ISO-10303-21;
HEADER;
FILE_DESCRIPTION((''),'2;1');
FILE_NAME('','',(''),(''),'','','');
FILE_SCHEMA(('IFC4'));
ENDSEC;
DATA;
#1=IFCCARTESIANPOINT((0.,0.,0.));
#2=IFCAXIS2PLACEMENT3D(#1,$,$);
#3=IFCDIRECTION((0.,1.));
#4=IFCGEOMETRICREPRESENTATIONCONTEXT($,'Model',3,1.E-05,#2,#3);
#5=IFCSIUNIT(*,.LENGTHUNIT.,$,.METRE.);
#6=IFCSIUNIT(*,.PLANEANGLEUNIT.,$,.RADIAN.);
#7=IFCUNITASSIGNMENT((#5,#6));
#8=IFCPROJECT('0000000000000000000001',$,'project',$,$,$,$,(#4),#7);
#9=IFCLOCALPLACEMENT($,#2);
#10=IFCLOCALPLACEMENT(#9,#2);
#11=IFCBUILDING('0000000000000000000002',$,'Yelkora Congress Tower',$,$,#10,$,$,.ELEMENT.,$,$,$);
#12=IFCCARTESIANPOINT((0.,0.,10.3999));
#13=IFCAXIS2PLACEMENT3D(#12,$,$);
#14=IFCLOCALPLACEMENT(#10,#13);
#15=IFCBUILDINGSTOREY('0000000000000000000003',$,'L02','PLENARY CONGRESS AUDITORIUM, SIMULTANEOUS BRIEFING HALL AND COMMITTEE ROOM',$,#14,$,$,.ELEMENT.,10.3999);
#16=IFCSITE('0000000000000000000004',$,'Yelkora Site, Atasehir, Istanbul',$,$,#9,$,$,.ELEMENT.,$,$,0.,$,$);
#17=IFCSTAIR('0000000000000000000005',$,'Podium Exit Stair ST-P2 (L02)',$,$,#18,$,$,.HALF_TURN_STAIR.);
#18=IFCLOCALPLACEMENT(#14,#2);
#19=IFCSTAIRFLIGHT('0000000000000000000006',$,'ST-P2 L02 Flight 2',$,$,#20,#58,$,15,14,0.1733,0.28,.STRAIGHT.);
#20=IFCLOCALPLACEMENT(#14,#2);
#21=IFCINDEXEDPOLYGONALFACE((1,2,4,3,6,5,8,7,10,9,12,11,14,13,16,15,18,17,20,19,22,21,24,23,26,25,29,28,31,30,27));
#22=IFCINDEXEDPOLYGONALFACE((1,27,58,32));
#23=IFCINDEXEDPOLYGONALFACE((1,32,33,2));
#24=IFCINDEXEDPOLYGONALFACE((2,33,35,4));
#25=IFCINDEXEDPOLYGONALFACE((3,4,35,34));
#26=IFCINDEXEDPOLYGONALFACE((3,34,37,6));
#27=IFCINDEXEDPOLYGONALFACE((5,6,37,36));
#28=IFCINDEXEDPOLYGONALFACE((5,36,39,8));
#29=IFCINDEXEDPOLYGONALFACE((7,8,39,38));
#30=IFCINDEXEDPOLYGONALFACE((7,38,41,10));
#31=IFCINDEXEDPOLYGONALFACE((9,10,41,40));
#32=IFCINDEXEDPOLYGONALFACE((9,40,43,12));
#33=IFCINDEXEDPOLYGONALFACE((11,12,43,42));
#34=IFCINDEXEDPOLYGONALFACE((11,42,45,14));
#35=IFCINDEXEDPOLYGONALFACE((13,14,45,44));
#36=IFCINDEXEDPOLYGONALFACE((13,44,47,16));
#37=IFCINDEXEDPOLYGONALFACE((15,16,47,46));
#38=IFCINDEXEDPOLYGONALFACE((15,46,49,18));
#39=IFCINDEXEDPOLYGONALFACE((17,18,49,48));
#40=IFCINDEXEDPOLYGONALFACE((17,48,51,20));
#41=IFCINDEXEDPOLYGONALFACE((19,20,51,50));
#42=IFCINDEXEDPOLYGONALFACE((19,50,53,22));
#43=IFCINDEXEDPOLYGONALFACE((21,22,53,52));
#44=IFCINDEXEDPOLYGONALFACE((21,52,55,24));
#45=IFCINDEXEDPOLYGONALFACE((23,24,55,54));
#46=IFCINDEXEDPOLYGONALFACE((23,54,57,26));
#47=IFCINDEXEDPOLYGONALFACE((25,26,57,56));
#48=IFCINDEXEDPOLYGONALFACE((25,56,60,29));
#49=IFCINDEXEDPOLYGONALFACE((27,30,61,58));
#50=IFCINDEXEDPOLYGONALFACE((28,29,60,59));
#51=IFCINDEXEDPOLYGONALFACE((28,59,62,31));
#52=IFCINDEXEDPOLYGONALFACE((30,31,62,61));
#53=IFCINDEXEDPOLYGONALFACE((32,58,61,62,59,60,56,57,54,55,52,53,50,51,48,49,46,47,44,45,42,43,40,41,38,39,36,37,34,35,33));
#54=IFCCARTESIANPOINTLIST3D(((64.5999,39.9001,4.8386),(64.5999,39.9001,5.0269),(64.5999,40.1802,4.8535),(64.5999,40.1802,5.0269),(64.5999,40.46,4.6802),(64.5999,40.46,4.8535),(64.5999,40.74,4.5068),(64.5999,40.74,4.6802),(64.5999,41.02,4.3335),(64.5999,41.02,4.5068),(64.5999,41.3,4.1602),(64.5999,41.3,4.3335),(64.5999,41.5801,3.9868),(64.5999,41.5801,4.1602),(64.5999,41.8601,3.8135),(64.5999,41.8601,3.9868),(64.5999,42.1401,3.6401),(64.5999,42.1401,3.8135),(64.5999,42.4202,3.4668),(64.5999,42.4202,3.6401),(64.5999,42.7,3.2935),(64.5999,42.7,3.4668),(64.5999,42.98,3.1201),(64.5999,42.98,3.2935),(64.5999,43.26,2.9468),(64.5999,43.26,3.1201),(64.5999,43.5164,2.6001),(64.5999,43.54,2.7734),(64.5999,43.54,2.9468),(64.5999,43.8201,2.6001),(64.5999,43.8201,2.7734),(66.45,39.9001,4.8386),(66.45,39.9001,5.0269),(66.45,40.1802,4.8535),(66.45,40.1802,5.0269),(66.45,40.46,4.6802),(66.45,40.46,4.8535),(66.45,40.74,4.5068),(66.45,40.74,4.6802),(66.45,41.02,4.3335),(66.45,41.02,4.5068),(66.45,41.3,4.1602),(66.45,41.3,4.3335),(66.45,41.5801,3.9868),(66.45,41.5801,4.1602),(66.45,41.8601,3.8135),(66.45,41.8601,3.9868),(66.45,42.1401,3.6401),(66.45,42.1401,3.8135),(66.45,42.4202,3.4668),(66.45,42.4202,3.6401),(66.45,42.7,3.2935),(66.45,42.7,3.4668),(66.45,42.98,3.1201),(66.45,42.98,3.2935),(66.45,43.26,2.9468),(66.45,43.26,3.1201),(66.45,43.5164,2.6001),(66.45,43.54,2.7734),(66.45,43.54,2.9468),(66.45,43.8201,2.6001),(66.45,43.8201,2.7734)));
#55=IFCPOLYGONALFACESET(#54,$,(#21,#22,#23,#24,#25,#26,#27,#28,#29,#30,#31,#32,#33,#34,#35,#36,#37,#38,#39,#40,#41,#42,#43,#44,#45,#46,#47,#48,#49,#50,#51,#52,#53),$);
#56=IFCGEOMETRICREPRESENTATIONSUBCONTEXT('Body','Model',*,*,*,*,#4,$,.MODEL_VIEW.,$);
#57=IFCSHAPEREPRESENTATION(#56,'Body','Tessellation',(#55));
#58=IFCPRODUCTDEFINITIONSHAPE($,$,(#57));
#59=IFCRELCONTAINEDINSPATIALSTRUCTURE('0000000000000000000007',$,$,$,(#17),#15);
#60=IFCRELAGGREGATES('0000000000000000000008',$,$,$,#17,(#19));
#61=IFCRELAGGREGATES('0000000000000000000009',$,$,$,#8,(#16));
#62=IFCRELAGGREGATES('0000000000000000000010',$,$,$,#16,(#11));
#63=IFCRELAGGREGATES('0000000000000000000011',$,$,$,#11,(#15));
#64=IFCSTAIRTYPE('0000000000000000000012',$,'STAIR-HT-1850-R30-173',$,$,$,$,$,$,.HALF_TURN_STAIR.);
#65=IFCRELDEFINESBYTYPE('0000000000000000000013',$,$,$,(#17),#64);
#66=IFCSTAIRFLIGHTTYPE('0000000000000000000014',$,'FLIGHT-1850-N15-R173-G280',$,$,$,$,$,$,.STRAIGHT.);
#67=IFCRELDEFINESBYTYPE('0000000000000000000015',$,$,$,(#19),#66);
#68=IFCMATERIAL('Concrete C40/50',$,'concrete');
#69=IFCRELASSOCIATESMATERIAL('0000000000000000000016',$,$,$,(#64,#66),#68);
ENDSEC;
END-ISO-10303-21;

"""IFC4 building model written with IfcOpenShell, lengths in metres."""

from ifc_helpers import new_model, si_unit, direction, frame, origin, place, context, subcontext, project, spatial, polyline, outline, extrude, material, type_object, element, aggregate, save


model = new_model("IFC4")

# Units and contexts
model_context = context("Model", 3, precision=1e-05, world=origin(), true_north=direction((0.0, 1.0)))
body_context = subcontext(model_context, "Body", "Model", "MODEL_VIEW")
ifc_project = project(units=[si_unit("LENGTHUNIT", "METRE"), si_unit("PLANEANGLEUNIT", "RADIAN")], contexts=[model_context])

# Site, building, storey
site_placement = place(None, origin())
site = spatial("IfcSite", under=ifc_project, at=site_placement, Name="Yelkora Site, Atasehir, Istanbul", CompositionType="ELEMENT", RefElevation=0.0)
building_placement = place(site_placement, origin())
building = spatial("IfcBuilding", under=site, at=building_placement, Name="Yelkora Congress Tower", CompositionType="ELEMENT")
storey_placement = place(building_placement, frame((0.0, 0.0, 10.3999)))
storey = spatial("IfcBuildingStorey", under=building, at=storey_placement, Name="L02", Description="PLENARY CONGRESS AUDITORIUM, SIMULTANEOUS BRIEFING HALL AND COMMITTEE ROOM", CompositionType="ELEMENT", Elevation=10.3999)

# Stair, stair flight
ifc_material_1 = material(Name="Concrete C40/50", Category="concrete")
stair_type = type_object("IfcStairType", Name="STAIR-HT-1850-R30-173", PredefinedType="HALF_TURN_STAIR", material=ifc_material_1)
stair_placement = place(storey_placement, origin())
stair = element("IfcStair", 1, at=stair_placement, inside=storey, type_object=stair_type, Name="Podium Exit Stair ST-P2 (L02)", PredefinedType="HALF_TURN_STAIR")
stair_flight_type = type_object("IfcStairFlightType", Name="FLIGHT-1850-N15-R173-G280", PredefinedType="STRAIGHT", material=ifc_material_1)
stair_flight_placement = place(storey_placement, frame((65.5249, 43.8201, 2.6001), z_axis=(0.0, 0.0, 1.0), x_axis=(0.0, -1.0, 0.0)))
stair_flight = element("IfcStairFlight", 2, at=stair_flight_placement, type_object=stair_flight_type, Name="ST-P2 L02 Flight 2", NumberOfRisers=15, NumberOfTreads=14, PredefinedType="STRAIGHT", RiserHeight=0.1733, TreadLength=0.28, context=body_context, shape_type="SweptSolid", body=[
    extrude(outline(polyline([(0.0, 0.0), (0.0, 0.1733), (0.28, 0.1733), (0.28, 0.3467), (0.5601, 0.3467), (0.5601, 0.52), (0.8401, 0.52), (0.8401, 0.6934), (1.1201, 0.6934), (1.1201, 0.8667), (1.3999, 0.8667), (1.3999, 1.04), (1.6799, 1.04), (1.6799, 1.2134), (1.96, 1.2134), (1.96, 1.3867), (2.24, 1.3867), (2.24, 1.5601), (2.52, 1.5601), (2.52, 1.7334), (2.8, 1.7334), (2.8, 1.9067), (3.0801, 1.9067), (3.0801, 2.0801), (3.3601, 2.0801), (3.3601, 2.2534), (3.6399, 2.2534), (3.6399, 2.4268), (3.9199, 2.4268), (3.9199, 2.6001), (3.9199, 2.2385), (0.3037, 0.0), (0.0, 0.0)])), frame((0.0, 0.925, 0.0), z_axis=(0.0, -1.0, 0.0), x_axis=(1.0, 0.0, 0.0)), (0.0, 0.0, 1.0), 1.8501),
])
aggregate(stair, [stair_flight])

save(model, "model.ifc")
